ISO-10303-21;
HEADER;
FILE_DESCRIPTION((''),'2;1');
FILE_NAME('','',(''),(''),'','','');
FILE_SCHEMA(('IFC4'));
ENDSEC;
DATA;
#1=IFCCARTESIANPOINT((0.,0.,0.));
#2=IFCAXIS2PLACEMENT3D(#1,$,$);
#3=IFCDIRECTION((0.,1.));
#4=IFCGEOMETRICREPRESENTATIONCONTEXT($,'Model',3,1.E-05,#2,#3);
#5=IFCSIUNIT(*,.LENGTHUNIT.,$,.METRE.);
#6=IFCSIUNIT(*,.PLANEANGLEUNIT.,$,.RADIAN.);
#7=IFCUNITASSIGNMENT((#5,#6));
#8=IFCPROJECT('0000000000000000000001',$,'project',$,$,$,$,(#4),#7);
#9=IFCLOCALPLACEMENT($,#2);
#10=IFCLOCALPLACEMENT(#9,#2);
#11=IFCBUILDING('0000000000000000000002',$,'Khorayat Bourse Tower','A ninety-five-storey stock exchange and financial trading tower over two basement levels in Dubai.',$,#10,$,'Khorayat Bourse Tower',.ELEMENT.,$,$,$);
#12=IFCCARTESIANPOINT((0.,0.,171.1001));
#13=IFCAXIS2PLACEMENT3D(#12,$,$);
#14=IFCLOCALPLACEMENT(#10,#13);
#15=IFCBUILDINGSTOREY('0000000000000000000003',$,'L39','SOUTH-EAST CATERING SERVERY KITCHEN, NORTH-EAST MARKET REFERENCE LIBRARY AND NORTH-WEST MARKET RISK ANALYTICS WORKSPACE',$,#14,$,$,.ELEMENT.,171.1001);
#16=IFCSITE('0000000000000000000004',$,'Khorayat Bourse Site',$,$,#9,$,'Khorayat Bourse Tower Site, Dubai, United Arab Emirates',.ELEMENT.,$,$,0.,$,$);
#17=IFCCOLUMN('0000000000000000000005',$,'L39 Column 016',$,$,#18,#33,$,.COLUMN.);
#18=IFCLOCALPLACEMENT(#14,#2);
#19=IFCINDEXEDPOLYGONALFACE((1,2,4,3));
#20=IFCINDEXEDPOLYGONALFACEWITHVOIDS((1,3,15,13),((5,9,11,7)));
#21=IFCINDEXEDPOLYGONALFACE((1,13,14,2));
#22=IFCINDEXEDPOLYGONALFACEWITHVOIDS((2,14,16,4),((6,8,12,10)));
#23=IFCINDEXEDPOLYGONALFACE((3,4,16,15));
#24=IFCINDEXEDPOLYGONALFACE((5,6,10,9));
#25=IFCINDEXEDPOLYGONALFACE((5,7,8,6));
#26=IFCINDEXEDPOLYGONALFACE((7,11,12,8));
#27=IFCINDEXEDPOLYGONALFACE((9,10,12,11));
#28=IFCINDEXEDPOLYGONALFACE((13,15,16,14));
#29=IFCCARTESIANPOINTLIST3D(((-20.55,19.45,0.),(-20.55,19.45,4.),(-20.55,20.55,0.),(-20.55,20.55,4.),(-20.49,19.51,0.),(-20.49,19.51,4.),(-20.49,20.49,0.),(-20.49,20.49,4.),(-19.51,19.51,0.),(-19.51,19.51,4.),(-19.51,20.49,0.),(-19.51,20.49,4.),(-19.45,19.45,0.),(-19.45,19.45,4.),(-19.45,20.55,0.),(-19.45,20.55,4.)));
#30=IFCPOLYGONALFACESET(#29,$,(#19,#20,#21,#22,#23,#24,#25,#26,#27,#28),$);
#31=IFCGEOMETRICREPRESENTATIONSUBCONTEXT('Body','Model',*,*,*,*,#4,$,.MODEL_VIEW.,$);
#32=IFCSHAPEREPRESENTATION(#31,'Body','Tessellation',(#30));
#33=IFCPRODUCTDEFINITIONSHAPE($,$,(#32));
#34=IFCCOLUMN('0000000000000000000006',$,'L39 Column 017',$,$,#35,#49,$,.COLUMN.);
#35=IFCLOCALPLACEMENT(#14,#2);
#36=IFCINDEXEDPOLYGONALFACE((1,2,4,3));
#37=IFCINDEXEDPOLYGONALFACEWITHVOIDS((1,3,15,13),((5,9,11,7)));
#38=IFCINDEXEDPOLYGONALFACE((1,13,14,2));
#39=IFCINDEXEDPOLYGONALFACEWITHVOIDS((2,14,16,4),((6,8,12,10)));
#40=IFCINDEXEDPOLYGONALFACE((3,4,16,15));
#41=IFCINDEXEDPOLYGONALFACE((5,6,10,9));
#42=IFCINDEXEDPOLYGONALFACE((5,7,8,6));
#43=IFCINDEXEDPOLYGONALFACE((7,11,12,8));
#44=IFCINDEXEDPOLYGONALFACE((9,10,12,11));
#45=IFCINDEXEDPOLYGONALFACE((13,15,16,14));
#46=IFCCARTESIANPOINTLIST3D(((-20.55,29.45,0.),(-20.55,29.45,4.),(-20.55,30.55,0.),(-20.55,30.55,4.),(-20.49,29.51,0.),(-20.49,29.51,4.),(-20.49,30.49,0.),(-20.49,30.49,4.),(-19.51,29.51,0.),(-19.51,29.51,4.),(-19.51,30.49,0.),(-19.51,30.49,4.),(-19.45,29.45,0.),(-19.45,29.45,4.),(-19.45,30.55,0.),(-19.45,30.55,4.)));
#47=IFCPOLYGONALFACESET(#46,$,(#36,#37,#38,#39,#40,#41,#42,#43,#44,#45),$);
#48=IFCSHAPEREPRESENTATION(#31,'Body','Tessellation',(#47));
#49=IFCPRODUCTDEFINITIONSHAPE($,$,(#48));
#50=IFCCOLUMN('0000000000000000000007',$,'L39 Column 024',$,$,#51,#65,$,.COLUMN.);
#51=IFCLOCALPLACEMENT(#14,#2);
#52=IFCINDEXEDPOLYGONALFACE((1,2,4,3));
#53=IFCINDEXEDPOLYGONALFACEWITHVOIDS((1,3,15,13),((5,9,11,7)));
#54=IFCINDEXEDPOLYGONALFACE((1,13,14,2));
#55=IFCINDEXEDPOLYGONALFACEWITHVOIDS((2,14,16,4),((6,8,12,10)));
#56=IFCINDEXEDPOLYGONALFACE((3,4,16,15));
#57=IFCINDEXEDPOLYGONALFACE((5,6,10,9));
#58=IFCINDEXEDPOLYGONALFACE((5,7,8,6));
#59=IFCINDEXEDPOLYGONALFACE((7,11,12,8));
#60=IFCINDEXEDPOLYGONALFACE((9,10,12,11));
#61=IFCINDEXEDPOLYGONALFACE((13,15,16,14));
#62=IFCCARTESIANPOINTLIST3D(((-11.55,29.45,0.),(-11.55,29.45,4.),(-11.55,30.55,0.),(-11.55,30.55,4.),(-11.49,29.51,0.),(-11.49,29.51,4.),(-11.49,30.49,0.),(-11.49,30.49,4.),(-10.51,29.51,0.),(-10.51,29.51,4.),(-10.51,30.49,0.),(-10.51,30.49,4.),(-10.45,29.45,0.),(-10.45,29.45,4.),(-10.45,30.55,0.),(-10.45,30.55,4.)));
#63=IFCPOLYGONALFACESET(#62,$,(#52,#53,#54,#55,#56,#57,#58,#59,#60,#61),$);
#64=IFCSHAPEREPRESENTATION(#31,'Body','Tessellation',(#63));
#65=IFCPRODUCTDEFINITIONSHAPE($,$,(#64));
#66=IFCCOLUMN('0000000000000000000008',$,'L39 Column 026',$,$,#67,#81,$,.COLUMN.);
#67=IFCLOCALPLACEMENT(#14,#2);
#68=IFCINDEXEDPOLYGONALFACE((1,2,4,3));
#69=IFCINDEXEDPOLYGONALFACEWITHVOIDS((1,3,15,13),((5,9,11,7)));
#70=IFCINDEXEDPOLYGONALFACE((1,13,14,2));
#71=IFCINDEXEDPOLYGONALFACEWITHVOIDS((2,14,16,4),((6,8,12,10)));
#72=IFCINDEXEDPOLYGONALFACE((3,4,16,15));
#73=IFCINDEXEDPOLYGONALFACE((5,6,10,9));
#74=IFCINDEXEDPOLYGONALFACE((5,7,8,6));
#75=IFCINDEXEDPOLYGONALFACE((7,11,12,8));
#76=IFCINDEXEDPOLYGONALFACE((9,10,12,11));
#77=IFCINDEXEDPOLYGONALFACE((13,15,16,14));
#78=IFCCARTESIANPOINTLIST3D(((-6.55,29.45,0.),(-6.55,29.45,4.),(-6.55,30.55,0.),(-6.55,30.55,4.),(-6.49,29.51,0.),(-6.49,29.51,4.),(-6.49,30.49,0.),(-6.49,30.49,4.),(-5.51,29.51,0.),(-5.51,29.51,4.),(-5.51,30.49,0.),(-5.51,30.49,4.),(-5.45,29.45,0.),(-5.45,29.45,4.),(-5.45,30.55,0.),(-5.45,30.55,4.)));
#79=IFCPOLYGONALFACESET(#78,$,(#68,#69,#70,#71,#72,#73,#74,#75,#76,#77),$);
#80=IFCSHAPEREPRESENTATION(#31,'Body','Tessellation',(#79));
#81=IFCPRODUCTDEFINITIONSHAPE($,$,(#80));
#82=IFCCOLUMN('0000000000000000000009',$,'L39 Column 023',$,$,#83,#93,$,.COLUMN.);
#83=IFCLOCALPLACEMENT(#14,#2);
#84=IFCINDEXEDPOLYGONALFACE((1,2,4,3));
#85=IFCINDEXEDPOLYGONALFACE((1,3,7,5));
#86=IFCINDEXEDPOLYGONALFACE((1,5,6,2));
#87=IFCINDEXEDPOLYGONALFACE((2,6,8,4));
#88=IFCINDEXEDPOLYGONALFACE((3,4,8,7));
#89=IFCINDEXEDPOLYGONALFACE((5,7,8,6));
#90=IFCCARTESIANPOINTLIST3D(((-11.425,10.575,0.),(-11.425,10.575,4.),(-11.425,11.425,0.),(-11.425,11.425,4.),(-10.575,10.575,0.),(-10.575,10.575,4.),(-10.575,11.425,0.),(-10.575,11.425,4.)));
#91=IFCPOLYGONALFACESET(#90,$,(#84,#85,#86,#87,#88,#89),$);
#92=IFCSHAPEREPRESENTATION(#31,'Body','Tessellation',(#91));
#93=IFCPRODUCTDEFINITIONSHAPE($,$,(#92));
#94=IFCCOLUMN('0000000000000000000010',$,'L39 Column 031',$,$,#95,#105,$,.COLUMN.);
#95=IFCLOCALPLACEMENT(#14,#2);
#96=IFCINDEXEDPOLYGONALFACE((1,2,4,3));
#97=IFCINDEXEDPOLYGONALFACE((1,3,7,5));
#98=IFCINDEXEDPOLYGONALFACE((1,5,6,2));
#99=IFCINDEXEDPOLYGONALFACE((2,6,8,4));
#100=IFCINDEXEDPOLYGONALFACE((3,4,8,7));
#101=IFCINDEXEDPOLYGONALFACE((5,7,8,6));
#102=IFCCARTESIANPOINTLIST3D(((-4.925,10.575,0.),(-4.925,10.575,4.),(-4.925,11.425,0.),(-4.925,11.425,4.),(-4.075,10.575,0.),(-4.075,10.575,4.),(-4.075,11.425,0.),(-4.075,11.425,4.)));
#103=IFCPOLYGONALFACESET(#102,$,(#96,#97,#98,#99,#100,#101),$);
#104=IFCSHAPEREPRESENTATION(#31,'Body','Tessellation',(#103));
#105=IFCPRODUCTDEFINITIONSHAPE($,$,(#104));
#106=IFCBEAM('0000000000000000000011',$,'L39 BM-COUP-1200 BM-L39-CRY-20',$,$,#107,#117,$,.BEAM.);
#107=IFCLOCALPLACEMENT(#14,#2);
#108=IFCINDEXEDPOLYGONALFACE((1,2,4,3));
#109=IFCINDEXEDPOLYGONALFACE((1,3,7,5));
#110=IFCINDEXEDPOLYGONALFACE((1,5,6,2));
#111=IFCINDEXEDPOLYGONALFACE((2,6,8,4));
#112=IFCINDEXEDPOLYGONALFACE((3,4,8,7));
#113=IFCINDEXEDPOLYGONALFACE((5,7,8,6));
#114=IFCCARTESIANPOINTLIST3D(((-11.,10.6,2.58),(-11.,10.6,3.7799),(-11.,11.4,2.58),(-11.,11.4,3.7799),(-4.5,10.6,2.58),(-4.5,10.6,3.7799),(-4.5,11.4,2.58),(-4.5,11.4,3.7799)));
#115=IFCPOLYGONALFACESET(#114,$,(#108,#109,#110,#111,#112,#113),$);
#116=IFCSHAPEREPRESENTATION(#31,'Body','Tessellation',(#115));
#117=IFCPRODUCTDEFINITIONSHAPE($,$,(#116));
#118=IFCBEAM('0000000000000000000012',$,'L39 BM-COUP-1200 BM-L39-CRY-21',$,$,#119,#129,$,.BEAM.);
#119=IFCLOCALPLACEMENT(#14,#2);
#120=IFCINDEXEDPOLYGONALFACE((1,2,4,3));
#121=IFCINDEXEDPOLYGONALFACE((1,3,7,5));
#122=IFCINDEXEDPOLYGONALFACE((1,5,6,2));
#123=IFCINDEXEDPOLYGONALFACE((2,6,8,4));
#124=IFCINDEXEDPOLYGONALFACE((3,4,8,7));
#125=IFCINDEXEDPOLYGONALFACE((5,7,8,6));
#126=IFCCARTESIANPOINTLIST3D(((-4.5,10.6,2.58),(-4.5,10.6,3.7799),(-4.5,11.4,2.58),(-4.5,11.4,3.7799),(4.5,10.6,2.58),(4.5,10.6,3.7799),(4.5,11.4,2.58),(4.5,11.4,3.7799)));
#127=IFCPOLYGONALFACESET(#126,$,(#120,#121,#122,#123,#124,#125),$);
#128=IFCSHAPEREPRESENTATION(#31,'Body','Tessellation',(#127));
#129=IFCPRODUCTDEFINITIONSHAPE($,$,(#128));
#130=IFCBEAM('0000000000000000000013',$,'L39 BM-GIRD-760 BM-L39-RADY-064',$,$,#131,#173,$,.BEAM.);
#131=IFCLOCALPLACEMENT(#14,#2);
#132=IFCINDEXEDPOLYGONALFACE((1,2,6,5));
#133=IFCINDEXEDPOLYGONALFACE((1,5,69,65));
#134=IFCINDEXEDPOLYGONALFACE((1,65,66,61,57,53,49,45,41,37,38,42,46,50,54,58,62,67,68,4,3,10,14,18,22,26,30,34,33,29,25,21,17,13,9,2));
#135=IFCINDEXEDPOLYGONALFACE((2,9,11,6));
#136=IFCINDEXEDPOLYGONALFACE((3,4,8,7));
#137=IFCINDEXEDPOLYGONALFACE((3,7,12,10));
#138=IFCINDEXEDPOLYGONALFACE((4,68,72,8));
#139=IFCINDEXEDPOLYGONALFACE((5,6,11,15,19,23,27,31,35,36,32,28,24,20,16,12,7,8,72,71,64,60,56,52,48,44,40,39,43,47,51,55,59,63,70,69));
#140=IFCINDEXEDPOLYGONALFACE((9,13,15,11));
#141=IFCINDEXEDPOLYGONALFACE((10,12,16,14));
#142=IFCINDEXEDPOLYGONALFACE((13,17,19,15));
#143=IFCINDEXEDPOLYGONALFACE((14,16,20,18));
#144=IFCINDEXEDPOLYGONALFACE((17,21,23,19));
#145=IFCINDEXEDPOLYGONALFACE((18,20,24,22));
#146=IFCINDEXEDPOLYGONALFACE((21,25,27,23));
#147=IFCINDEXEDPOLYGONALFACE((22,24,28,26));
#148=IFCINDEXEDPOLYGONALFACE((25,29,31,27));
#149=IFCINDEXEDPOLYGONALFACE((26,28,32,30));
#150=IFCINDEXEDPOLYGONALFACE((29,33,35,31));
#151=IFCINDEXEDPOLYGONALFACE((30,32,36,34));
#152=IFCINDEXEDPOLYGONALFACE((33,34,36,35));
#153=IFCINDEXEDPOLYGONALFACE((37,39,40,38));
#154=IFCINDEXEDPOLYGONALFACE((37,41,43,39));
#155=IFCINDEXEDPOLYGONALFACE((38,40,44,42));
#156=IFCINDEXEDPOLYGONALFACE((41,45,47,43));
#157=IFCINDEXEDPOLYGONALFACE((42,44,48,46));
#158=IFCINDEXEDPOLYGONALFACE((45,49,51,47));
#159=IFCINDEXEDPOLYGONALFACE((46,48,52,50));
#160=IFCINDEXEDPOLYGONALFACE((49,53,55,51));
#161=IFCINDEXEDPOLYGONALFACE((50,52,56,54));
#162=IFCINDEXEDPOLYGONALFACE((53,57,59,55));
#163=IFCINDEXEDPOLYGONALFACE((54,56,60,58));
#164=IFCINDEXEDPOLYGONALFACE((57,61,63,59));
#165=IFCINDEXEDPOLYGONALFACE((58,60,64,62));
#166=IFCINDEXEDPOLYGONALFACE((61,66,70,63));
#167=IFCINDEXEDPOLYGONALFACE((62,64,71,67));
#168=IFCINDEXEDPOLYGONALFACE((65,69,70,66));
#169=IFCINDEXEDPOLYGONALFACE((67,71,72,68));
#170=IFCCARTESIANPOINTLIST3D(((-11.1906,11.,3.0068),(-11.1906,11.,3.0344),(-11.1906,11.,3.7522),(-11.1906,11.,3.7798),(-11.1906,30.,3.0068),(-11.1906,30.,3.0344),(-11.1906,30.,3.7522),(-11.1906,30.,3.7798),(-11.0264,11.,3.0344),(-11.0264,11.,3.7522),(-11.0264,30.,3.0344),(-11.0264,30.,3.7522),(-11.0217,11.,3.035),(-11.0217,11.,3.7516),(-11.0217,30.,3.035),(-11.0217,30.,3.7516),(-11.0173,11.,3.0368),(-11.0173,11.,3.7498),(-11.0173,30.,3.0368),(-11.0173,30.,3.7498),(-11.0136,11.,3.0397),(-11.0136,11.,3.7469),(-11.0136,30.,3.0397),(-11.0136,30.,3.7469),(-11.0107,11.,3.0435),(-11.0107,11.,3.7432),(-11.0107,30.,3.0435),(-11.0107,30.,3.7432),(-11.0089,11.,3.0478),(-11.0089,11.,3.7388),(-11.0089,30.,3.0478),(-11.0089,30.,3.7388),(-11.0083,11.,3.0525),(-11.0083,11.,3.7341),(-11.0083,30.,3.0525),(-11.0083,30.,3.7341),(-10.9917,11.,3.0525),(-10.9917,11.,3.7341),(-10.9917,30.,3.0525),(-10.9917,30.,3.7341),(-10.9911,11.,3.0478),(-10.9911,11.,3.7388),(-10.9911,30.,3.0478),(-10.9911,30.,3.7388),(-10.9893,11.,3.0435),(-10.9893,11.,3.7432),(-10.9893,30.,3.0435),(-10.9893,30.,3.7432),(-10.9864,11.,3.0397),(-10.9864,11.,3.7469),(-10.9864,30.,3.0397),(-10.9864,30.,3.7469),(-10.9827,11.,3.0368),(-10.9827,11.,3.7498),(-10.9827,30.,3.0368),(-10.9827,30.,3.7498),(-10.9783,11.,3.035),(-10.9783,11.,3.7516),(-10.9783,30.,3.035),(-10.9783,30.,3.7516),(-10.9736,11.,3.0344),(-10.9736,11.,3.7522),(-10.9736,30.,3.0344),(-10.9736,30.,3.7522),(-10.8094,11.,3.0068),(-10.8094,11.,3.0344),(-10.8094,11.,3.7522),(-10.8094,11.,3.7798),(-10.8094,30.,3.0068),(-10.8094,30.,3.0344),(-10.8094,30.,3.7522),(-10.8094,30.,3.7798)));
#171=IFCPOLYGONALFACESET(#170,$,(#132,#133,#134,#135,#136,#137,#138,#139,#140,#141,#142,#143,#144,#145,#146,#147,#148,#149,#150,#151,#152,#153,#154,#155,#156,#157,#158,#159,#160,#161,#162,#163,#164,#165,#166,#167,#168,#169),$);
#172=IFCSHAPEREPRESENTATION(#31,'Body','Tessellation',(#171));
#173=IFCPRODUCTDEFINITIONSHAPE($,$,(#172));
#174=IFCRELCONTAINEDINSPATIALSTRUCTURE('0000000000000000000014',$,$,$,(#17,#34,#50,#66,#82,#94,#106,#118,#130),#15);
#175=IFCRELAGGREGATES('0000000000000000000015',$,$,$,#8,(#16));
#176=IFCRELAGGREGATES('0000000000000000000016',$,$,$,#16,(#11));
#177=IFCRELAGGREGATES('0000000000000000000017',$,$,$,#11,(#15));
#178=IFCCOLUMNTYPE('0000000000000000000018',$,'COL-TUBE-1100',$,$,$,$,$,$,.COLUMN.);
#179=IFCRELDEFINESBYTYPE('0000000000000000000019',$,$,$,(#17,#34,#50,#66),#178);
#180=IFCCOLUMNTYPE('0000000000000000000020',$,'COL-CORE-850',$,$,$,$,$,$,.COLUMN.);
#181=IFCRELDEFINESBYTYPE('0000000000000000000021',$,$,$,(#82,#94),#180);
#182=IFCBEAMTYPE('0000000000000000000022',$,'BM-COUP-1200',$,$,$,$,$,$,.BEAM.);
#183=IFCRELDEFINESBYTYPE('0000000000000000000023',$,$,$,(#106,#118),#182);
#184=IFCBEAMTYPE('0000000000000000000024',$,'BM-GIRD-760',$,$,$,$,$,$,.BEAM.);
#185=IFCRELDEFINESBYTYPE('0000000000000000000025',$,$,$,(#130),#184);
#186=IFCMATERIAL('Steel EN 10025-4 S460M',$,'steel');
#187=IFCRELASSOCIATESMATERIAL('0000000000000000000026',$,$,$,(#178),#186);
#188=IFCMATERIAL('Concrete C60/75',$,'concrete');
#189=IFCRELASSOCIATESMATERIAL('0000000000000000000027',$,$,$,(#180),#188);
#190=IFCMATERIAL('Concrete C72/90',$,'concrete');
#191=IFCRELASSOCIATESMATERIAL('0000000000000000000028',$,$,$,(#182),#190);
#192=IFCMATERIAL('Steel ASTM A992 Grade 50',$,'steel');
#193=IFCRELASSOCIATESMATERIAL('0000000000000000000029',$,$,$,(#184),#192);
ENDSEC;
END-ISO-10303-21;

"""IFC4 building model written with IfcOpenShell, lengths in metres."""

from ifc_helpers import new_model, si_unit, direction, frame, origin, origin_2d, place, context, subcontext, project, spatial, rectangle, hollow_rectangle, i_section, extrude, source, transform, mapped, material, material_profile, profile_set, type_object, element, save


model = new_model("IFC4")

# Units and contexts
model_context = context("Model", 3, precision=1e-05, world=origin(), true_north=direction((0.0, 1.0)))
body_context = subcontext(model_context, "Body", "Model", "MODEL_VIEW")
ifc_project = project(units=[si_unit("LENGTHUNIT", "METRE"), si_unit("PLANEANGLEUNIT", "RADIAN")], contexts=[model_context])

# Site, building, storey
site_placement = place(None, origin())
site = spatial("IfcSite", under=ifc_project, at=site_placement, Name="Khorayat Bourse Site", LongName="Khorayat Bourse Tower Site, Dubai, United Arab Emirates", CompositionType="ELEMENT", RefElevation=0.0)
building_placement = place(site_placement, origin())
building = spatial("IfcBuilding", under=site, at=building_placement, Name="Khorayat Bourse Tower", Description="A ninety-five-storey stock exchange and financial trading tower over two basement levels in Dubai.", LongName="Khorayat Bourse Tower", CompositionType="ELEMENT")
storey_placement = place(building_placement, frame((0.0, 0.0, 171.1001)))
storey = spatial("IfcBuildingStorey", under=building, at=storey_placement, Name="L39", Description="SOUTH-EAST CATERING SERVERY KITCHEN, NORTH-EAST MARKET REFERENCE LIBRARY AND NORTH-WEST MARKET RISK ANALYTICS WORKSPACE", CompositionType="ELEMENT", Elevation=171.1001)

# Columns
ifc_material_1 = material(Name="Steel EN 10025-4 S460M", Category="steel")
ifc_material_profile_1 = material_profile(ifc_material_1, hollow_rectangle(XDim=1.1001, YDim=1.1001, WallThickness=0.0601, at=origin_2d()), Name="BOX 1100x1100x60")
ifc_profile_set_1 = profile_set([ifc_material_profile_1], Name="Steel EN 10025-4 S460M")
column_type_1 = type_object("IfcColumnType", Name="COL-TUBE-1100", PredefinedType="COLUMN", material=ifc_profile_set_1)
shared_shape_1 = source(origin(), body_context, "Body", "SweptSolid", [
    extrude(hollow_rectangle(XDim=1.1001, YDim=1.1001, WallThickness=0.0601, at=origin_2d()), origin(), (0.0, 0.0, 1.0), 4.0),
])
for number, where, z_axis, x_axis, name in (
    (1, (-20.0, 20.0, 0.0), (0.0, 0.0, 1.0), (1.0, 0.0, 0.0), "L39 Column 016"),
    (2, (-20.0, 30.0, 0.0), (0.0, 0.0, 1.0), (1.0, 0.0, 0.0), "L39 Column 017"),
    (3, (-11.0, 30.0, 0.0), (0.0, 0.0, 1.0), (1.0, 0.0, 0.0), "L39 Column 024"),
    (4, (-6.0, 30.0, 0.0), (0.0, 0.0, 1.0), (1.0, 0.0, 0.0), "L39 Column 026"),
):
    element("IfcColumn", number, at=place(storey_placement, frame(where, z_axis=z_axis, x_axis=x_axis)), inside=storey, type_object=column_type_1, Name=name, PredefinedType="COLUMN", context=body_context, shape_type="MappedRepresentation", body=[
        mapped(shared_shape_1, transform((0.0, 0.0, 0.0), scale=1.0)),
    ])
ifc_material_2 = material(Name="Concrete C60/75", Category="concrete")
ifc_material_profile_2 = material_profile(ifc_material_2, rectangle(XDim=0.8501, YDim=0.8501, at=origin_2d()), Name="RC 850x850")
ifc_profile_set_2 = profile_set([ifc_material_profile_2], Name="Concrete C60/75")
column_type_2 = type_object("IfcColumnType", Name="COL-CORE-850", PredefinedType="COLUMN", material=ifc_profile_set_2)
shared_shape_2 = source(origin(), body_context, "Body", "SweptSolid", [
    extrude(rectangle(XDim=0.8501, YDim=0.8501, at=origin_2d()), origin(), (0.0, 0.0, 1.0), 4.0),
])
for number, where, z_axis, x_axis, name in (
    (5, (-11.0, 11.0, 0.0), (0.0, 0.0, 1.0), (1.0, 0.0, 0.0), "L39 Column 023"),
    (6, (-4.5, 11.0, 0.0), (0.0, 0.0, 1.0), (1.0, 0.0, 0.0), "L39 Column 031"),
):
    element("IfcColumn", number, at=place(storey_placement, frame(where, z_axis=z_axis, x_axis=x_axis)), inside=storey, type_object=column_type_2, Name=name, PredefinedType="COLUMN", context=body_context, shape_type="MappedRepresentation", body=[
        mapped(shared_shape_2, transform((0.0, 0.0, 0.0), scale=1.0)),
    ])

# Beams
ifc_material_3 = material(Name="Concrete C72/90", Category="concrete")
ifc_material_profile_3 = material_profile(ifc_material_3, rectangle(XDim=0.8, YDim=1.2, at=origin_2d()), Name="RC 800x1200")
ifc_profile_set_3 = profile_set([ifc_material_profile_3], Name="Concrete C72/90")
beam_type_1 = type_object("IfcBeamType", Name="BM-COUP-1200", PredefinedType="BEAM", material=ifc_profile_set_3)
shared_shape_3 = source(origin(), body_context, "Body", "SweptSolid", [
    extrude(rectangle(XDim=0.8, YDim=1.2, at=origin_2d()), origin(), (0.0, 0.0, 1.0), 6.5),
])
beam_1_placement = place(storey_placement, frame((-11.0, 11.0, 3.1799), z_axis=(1.0, 0.0, 0.0), x_axis=(0.0, 1.0, 0.0)))
element("IfcBeam", 7, at=beam_1_placement, inside=storey, type_object=beam_type_1, Name="L39 BM-COUP-1200 BM-L39-CRY-20", PredefinedType="BEAM", context=body_context, shape_type="MappedRepresentation", body=[
    mapped(shared_shape_3, transform((0.0, 0.0, 0.0), scale=1.0)),
])
shared_shape_4 = source(origin(), body_context, "Body", "SweptSolid", [
    extrude(rectangle(XDim=0.8, YDim=1.2, at=origin_2d()), origin(), (0.0, 0.0, 1.0), 9.0),
])
beam_2_placement = place(storey_placement, frame((-4.5, 11.0, 3.1799), z_axis=(1.0, 0.0, 0.0), x_axis=(0.0, 1.0, 0.0)))
element("IfcBeam", 8, at=beam_2_placement, inside=storey, type_object=beam_type_1, Name="L39 BM-COUP-1200 BM-L39-CRY-21", PredefinedType="BEAM", context=body_context, shape_type="MappedRepresentation", body=[
    mapped(shared_shape_4, transform((0.0, 0.0, 0.0), scale=1.0)),
])
ifc_material_4 = material(Name="Steel ASTM A992 Grade 50", Category="steel")
ifc_material_profile_4 = material_profile(ifc_material_4, i_section(OverallWidth=0.3811, OverallDepth=0.7729, WebThickness=0.0166, FlangeThickness=0.0276, FilletRadius=0.0181, at=origin_2d()), Name="W760X257")
ifc_profile_set_4 = profile_set([ifc_material_profile_4], Name="Steel ASTM A992 Grade 50")
beam_type_2 = type_object("IfcBeamType", Name="BM-GIRD-760", PredefinedType="BEAM", material=ifc_profile_set_4)
shared_shape_5 = source(origin(), body_context, "Body", "SweptSolid", [
    extrude(i_section(OverallWidth=0.3811, OverallDepth=0.7729, WebThickness=0.0166, FlangeThickness=0.0276, FilletRadius=0.0181, at=origin_2d()), origin(), (0.0, 0.0, 1.0), 19.0),
])
for number, where, z_axis, x_axis, name in (
    (9, (-11.0, 11.0, 3.3933), (0.0, 1.0, 0.0), (-1.0, 0.0, 0.0), "L39 BM-GIRD-760 BM-L39-RADY-064"),
):
    element("IfcBeam", number, at=place(storey_placement, frame(where, z_axis=z_axis, x_axis=x_axis)), inside=storey, type_object=beam_type_2, Name=name, PredefinedType="BEAM", context=body_context, shape_type="MappedRepresentation", body=[
        mapped(shared_shape_5, transform((0.0, 0.0, 0.0), scale=1.0)),
    ])

save(model, "model.ifc")
